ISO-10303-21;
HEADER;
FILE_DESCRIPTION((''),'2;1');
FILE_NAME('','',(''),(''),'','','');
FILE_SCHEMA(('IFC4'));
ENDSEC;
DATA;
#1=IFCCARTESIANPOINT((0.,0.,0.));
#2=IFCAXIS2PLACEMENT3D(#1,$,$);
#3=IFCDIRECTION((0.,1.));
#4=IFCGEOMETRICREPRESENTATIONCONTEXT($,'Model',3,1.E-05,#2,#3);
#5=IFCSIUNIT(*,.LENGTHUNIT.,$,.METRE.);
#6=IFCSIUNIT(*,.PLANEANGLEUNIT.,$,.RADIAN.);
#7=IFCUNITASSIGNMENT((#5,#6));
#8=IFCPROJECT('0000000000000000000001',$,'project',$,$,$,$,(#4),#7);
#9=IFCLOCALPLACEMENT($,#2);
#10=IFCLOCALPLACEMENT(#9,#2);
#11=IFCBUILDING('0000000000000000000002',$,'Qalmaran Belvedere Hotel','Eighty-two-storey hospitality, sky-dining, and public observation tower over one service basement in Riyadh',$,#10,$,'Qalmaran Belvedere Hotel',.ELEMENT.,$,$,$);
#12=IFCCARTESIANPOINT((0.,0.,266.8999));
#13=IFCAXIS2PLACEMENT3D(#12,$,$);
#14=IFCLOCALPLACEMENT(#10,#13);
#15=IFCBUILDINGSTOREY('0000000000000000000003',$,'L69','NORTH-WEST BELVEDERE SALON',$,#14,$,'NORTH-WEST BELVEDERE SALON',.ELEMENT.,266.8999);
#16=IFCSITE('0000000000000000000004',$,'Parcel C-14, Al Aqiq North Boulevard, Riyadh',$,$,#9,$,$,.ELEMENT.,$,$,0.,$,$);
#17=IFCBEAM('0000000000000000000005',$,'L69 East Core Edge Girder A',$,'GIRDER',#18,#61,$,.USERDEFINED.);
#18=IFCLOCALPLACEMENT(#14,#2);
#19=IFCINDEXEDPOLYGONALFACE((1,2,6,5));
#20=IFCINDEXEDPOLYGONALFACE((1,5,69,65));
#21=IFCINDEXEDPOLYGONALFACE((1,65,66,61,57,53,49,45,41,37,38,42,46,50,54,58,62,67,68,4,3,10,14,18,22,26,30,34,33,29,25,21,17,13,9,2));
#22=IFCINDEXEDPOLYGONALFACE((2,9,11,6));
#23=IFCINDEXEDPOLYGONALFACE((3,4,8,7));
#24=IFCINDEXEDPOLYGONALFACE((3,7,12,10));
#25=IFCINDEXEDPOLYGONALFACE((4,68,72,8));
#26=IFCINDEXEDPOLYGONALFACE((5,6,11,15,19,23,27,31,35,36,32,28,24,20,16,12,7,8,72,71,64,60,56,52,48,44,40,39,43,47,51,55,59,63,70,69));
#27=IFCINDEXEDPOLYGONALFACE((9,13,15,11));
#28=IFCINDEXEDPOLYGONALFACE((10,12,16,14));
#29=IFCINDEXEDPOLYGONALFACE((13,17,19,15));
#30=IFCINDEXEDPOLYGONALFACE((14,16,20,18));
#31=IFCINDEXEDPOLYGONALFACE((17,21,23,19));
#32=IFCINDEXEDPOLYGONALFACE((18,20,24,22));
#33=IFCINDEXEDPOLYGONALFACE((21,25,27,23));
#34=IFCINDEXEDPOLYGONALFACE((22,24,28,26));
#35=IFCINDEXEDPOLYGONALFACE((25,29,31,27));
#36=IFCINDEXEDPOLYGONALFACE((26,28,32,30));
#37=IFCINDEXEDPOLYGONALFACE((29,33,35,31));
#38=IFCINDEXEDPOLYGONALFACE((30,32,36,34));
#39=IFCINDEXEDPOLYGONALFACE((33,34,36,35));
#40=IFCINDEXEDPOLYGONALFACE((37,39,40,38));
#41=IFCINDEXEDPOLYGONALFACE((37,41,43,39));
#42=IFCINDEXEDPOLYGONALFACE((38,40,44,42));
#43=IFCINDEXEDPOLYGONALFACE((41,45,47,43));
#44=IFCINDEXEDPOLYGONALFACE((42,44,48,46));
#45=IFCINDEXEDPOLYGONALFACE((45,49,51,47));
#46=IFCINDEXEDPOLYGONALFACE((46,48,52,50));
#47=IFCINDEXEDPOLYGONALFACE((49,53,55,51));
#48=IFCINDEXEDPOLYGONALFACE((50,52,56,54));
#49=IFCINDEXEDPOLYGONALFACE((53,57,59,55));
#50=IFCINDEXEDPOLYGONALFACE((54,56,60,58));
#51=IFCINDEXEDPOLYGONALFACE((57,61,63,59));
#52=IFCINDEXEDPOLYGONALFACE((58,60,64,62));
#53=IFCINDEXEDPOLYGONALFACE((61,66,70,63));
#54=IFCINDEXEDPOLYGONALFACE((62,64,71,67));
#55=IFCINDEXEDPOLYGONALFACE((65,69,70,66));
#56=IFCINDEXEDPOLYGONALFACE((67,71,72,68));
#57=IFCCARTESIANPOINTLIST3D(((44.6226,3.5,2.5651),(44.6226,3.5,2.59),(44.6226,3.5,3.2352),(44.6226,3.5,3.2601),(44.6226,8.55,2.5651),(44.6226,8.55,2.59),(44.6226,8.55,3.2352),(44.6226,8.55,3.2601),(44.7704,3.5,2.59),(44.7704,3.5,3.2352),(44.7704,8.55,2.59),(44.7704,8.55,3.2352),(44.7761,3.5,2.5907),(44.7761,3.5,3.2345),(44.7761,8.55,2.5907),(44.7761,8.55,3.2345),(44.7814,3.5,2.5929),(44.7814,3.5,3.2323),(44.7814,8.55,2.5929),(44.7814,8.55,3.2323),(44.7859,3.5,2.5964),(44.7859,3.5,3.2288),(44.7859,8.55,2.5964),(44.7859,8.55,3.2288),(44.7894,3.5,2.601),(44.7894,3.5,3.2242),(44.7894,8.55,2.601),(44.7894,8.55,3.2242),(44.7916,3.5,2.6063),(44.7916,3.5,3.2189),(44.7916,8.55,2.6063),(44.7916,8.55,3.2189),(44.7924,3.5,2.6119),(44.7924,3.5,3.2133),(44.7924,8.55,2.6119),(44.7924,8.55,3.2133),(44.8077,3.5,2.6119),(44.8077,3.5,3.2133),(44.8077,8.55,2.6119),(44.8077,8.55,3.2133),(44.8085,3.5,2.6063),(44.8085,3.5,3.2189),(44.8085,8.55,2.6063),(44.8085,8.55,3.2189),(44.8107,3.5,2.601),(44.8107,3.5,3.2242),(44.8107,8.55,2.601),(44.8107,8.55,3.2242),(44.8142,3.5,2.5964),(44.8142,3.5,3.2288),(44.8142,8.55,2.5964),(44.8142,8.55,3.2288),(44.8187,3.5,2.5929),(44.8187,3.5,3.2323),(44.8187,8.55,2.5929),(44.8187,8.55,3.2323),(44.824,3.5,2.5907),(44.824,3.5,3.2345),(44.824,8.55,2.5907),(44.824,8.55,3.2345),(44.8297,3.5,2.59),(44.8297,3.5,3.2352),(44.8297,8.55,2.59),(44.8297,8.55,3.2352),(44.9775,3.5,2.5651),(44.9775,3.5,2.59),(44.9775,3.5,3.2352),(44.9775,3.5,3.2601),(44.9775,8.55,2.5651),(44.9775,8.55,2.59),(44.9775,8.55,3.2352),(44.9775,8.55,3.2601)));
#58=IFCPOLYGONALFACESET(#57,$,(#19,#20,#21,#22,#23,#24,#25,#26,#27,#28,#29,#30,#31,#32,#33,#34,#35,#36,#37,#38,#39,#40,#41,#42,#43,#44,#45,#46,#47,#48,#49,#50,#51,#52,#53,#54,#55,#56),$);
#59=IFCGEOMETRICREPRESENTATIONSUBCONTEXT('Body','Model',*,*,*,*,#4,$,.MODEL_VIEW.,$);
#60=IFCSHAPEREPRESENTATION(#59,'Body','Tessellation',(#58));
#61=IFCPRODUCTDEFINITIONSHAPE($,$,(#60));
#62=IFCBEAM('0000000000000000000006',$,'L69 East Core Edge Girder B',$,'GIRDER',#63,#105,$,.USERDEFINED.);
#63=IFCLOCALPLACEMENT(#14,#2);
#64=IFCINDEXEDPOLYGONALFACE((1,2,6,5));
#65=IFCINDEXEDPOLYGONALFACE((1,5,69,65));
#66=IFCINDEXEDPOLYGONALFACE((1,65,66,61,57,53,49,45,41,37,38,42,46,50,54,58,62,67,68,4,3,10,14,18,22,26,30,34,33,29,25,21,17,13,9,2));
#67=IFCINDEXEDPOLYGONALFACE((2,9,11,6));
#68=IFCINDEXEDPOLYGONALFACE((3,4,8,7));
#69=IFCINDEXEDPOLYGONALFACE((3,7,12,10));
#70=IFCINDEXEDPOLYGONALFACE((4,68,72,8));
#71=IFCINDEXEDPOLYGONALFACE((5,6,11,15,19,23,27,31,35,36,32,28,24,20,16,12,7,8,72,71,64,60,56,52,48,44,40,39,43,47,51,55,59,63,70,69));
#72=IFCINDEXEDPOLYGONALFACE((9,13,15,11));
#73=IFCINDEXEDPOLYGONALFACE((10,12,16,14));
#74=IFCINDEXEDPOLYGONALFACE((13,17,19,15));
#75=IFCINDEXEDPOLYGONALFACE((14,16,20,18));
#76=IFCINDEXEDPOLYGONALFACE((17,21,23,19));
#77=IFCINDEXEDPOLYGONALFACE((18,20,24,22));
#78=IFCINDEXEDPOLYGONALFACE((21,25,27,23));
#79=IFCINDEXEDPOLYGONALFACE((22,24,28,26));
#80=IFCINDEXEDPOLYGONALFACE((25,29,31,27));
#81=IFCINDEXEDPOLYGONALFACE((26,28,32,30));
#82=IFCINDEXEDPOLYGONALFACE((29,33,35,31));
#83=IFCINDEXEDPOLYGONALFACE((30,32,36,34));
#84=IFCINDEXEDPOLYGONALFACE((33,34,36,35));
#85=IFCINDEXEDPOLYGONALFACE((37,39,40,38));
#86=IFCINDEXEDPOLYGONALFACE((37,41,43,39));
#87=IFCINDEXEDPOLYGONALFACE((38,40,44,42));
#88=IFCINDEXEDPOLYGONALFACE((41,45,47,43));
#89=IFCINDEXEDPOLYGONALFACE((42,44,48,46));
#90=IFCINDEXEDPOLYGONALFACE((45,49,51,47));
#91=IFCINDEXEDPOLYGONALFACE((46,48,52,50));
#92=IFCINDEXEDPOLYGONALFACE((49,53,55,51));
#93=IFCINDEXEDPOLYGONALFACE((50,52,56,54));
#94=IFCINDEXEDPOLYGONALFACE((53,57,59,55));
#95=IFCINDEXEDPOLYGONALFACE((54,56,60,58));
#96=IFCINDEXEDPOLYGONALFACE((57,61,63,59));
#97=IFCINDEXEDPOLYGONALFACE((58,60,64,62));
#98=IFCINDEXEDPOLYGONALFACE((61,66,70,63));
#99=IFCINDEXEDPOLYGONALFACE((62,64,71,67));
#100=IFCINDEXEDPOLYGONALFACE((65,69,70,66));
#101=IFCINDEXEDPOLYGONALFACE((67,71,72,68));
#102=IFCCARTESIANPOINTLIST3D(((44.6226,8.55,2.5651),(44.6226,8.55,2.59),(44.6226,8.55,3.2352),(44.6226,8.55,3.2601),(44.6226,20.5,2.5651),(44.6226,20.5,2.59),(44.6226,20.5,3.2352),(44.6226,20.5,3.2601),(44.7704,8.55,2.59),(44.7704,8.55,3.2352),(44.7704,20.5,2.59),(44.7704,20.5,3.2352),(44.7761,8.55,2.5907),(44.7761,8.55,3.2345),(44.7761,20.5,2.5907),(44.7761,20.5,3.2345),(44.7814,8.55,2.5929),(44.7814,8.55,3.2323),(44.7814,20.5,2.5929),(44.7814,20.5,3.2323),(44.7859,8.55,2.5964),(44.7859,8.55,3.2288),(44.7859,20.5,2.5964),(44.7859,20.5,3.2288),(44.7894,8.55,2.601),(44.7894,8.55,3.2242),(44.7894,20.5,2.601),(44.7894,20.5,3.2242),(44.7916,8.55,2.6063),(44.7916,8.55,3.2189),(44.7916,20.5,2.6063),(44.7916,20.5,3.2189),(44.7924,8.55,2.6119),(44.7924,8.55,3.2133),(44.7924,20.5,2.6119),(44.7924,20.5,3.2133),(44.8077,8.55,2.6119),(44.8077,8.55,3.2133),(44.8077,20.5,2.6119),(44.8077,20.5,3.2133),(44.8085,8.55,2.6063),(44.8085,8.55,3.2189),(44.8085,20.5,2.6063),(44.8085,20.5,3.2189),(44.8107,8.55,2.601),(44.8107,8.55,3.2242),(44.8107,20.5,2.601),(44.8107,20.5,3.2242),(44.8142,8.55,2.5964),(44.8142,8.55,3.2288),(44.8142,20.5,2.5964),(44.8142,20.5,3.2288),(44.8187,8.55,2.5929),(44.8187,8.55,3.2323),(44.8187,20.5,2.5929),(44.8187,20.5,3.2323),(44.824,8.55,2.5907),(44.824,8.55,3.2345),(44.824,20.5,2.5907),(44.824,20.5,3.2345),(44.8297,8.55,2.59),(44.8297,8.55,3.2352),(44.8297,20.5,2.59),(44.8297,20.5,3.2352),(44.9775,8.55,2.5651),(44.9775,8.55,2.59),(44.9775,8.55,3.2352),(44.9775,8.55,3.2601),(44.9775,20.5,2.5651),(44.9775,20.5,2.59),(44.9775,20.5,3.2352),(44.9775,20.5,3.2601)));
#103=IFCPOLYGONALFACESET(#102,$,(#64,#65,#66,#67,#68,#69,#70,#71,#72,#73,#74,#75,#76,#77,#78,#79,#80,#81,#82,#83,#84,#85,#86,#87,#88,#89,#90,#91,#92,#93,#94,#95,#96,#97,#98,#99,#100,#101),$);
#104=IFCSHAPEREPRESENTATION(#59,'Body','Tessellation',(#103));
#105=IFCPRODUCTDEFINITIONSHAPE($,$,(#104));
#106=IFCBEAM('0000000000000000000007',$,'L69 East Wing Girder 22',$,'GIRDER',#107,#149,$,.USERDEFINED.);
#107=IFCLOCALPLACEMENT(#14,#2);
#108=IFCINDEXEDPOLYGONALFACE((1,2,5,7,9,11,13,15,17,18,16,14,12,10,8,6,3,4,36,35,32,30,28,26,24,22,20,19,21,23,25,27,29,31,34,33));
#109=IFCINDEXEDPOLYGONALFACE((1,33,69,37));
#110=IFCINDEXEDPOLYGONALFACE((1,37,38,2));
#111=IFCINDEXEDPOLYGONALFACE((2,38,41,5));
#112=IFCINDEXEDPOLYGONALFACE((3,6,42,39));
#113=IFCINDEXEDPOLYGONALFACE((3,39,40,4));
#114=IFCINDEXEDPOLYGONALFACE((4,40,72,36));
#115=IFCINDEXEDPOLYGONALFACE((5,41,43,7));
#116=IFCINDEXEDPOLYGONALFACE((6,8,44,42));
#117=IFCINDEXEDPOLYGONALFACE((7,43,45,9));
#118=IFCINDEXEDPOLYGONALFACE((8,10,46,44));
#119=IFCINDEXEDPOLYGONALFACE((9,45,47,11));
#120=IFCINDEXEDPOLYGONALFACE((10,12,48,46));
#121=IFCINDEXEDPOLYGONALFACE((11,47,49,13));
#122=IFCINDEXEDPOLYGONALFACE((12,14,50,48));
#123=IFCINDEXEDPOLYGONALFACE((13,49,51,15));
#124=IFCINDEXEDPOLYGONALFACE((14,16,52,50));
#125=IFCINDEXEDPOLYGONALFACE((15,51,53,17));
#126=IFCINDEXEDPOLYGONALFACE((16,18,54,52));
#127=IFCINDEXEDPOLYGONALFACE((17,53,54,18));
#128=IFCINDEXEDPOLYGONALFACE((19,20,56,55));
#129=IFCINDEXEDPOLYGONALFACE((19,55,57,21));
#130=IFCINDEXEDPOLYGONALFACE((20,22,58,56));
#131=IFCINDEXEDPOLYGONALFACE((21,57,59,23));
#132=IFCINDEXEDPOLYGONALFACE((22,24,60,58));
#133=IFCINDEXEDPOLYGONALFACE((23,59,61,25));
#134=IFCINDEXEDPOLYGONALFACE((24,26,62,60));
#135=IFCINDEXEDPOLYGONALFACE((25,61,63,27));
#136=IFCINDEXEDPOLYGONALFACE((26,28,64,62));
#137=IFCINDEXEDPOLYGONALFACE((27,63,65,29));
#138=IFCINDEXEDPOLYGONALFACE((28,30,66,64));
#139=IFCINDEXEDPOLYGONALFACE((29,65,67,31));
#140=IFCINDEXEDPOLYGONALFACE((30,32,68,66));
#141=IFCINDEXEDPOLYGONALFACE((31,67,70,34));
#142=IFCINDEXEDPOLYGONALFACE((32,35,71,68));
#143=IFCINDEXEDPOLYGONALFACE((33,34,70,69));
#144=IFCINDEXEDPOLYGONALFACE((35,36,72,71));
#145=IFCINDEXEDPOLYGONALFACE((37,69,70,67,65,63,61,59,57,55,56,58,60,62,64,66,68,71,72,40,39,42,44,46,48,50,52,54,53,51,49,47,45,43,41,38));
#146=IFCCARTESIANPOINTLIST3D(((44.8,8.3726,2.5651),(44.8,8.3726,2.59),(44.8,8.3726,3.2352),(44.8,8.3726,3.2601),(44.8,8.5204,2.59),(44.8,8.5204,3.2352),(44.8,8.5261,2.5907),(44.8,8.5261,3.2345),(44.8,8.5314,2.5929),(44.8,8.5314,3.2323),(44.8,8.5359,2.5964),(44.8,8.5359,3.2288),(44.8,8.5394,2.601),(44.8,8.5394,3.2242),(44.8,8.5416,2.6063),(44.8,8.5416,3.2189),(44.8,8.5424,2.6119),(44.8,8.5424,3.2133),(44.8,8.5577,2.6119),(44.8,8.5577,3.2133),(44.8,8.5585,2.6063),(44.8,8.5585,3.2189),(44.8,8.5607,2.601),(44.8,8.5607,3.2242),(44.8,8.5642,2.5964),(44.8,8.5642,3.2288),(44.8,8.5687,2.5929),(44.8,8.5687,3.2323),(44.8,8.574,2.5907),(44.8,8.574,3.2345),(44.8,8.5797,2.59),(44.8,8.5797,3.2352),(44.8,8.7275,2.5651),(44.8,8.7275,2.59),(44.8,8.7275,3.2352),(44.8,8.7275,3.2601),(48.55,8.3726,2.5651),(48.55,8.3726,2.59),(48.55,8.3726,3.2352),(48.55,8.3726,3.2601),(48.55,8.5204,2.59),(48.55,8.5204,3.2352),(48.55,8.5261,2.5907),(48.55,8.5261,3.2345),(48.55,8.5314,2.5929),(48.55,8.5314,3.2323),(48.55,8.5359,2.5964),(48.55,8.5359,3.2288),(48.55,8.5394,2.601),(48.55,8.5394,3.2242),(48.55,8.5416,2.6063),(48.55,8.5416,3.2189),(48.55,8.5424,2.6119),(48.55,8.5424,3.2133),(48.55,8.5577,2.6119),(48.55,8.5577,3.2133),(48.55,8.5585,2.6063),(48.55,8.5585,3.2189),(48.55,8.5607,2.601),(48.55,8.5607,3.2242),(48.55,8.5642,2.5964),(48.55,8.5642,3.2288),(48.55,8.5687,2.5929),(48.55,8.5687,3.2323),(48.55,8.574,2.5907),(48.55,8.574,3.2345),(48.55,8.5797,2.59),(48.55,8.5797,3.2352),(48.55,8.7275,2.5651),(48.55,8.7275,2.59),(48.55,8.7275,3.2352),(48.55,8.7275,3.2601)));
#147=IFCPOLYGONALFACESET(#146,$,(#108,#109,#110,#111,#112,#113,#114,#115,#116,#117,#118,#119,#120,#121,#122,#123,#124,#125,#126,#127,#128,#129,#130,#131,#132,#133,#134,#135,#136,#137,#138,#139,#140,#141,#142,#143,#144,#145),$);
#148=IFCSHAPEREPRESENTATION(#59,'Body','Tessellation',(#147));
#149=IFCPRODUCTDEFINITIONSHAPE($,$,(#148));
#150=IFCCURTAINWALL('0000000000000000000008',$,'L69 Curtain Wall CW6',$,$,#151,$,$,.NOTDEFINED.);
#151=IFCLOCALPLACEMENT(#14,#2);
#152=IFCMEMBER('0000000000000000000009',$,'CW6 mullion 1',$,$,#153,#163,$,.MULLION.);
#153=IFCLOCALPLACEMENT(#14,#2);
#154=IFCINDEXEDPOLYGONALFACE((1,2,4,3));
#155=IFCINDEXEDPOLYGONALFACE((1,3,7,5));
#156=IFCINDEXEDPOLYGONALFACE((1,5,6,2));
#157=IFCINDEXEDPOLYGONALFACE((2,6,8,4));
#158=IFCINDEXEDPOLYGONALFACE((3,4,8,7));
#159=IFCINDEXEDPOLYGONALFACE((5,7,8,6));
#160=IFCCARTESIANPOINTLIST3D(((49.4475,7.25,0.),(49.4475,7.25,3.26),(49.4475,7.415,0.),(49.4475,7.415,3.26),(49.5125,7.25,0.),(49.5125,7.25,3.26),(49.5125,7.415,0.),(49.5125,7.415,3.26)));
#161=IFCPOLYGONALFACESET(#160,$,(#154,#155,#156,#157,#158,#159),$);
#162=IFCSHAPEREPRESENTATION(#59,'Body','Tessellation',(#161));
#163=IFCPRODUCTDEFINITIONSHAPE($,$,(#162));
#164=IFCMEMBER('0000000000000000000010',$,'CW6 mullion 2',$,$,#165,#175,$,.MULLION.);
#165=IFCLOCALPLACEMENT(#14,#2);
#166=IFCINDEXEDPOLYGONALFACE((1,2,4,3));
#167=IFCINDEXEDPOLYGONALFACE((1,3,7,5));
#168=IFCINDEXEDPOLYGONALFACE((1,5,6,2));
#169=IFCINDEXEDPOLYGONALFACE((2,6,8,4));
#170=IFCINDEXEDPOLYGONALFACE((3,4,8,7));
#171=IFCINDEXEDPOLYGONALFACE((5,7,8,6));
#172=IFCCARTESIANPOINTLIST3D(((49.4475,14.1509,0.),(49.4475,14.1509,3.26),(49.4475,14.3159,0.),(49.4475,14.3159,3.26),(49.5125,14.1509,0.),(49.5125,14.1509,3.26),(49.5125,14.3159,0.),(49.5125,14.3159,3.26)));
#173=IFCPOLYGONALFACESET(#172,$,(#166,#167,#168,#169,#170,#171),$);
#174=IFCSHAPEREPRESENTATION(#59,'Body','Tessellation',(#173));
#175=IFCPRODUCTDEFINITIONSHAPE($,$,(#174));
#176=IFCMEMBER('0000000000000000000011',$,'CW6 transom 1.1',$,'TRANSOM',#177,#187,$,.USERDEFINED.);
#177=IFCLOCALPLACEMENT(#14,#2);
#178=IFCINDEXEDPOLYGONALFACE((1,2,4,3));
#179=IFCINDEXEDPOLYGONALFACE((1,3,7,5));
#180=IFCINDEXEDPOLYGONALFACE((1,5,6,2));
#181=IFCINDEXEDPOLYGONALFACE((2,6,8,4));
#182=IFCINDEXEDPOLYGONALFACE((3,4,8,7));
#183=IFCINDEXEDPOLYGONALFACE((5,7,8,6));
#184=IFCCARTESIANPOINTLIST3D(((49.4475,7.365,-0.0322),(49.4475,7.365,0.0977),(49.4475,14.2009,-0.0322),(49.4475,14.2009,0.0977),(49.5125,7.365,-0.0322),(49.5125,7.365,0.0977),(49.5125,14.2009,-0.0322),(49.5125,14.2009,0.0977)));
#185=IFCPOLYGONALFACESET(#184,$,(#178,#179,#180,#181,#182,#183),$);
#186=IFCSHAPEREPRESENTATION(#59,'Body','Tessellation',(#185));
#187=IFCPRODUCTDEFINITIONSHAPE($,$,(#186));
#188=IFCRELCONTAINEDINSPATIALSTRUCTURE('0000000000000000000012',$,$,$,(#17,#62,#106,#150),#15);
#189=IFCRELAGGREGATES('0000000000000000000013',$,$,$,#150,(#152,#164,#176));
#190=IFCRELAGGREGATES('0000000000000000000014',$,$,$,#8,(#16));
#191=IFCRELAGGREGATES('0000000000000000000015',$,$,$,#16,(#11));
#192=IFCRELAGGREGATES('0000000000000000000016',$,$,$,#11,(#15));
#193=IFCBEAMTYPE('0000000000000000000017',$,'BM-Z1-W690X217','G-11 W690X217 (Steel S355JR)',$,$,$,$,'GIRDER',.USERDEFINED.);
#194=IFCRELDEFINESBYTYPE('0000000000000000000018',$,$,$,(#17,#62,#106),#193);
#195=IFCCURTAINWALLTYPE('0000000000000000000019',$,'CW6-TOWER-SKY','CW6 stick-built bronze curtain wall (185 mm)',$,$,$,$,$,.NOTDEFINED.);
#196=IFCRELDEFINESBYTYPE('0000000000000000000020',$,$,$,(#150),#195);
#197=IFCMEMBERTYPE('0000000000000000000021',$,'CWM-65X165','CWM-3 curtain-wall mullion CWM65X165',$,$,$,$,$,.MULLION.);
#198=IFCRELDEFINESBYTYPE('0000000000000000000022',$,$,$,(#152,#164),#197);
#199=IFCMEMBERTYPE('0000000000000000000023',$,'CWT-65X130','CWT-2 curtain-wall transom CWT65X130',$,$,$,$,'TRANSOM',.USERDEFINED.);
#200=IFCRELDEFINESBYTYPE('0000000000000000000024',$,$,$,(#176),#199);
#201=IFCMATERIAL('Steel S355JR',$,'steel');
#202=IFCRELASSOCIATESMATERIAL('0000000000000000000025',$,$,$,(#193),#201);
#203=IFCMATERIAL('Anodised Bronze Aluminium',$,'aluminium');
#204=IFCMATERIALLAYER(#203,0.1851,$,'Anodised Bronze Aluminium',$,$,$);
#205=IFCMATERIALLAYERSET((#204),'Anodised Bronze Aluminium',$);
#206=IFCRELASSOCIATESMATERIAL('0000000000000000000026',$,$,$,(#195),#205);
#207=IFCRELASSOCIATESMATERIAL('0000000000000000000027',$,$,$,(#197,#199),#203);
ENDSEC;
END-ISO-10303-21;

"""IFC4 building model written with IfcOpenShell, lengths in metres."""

from ifc_helpers import new_model, si_unit, direction, frame, origin, origin_2d, place, context, subcontext, project, spatial, rectangle, i_section, extrude, material, layer, layer_set, material_profile, profile_set, type_object, element, aggregate, save


model = new_model("IFC4")

# Units and contexts
model_context = context("Model", 3, precision=1e-05, world=origin(), true_north=direction((0.0, 1.0)))
body_context = subcontext(model_context, "Body", "Model", "MODEL_VIEW")
ifc_project = project(units=[si_unit("LENGTHUNIT", "METRE"), si_unit("PLANEANGLEUNIT", "RADIAN")], contexts=[model_context])

# Site, building, storey
site_placement = place(None, origin())
site = spatial("IfcSite", under=ifc_project, at=site_placement, Name="Parcel C-14, Al Aqiq North Boulevard, Riyadh", CompositionType="ELEMENT", RefElevation=0.0)
building_placement = place(site_placement, origin())
building = spatial("IfcBuilding", under=site, at=building_placement, Name="Qalmaran Belvedere Hotel", Description="Eighty-two-storey hospitality, sky-dining, and public observation tower over one service basement in Riyadh", LongName="Qalmaran Belvedere Hotel", CompositionType="ELEMENT")
storey_placement = place(building_placement, frame((0.0, 0.0, 266.8999)))
storey = spatial("IfcBuildingStorey", under=building, at=storey_placement, Name="L69", Description="NORTH-WEST BELVEDERE SALON", LongName="NORTH-WEST BELVEDERE SALON", CompositionType="ELEMENT", Elevation=266.8999)

# Beams
ifc_material_1 = material(Name="Steel S355JR", Category="steel")
ifc_material_profile_1 = material_profile(ifc_material_1, i_section(OverallWidth=0.355, OverallDepth=0.6951, WebThickness=0.0154, FlangeThickness=0.0249, FilletRadius=0.022, at=origin_2d()), Name="W690X217")
ifc_profile_set_1 = profile_set([ifc_material_profile_1], Name="Steel S355JR")
beam_type_1 = type_object("IfcBeamType", Name="BM-Z1-W690X217", Description="G-11 W690X217 (Steel S355JR)", ElementType="GIRDER", PredefinedType="USERDEFINED", material=ifc_profile_set_1)
beam_1_placement = place(storey_placement, frame((44.8, 3.5, 2.9126), z_axis=(0.0, 1.0, 0.0), x_axis=(-1.0, 0.0, 0.0)))
element("IfcBeam", 1, at=beam_1_placement, inside=storey, type_object=beam_type_1, Name="L69 East Core Edge Girder A", ObjectType="GIRDER", PredefinedType="USERDEFINED", context=body_context, shape_type="SweptSolid", body=[
    extrude(i_section(OverallWidth=0.355, OverallDepth=0.6951, WebThickness=0.0154, FlangeThickness=0.0249, FilletRadius=0.022, at=origin_2d()), origin(), (0.0, 0.0, 1.0), 5.05),
])
beam_2_placement = place(storey_placement, frame((44.8, 8.55, 2.9126), z_axis=(0.0, 1.0, 0.0), x_axis=(-1.0, 0.0, 0.0)))
element("IfcBeam", 2, at=beam_2_placement, inside=storey, type_object=beam_type_1, Name="L69 East Core Edge Girder B", ObjectType="GIRDER", PredefinedType="USERDEFINED", context=body_context, shape_type="SweptSolid", body=[
    extrude(i_section(OverallWidth=0.355, OverallDepth=0.6951, WebThickness=0.0154, FlangeThickness=0.0249, FilletRadius=0.022, at=origin_2d()), origin(), (0.0, 0.0, 1.0), 11.95),
])
beam_3_placement = place(storey_placement, frame((44.8, 8.55, 2.9126), z_axis=(1.0, 0.0, 0.0), x_axis=(0.0, 1.0, 0.0)))
element("IfcBeam", 3, at=beam_3_placement, inside=storey, type_object=beam_type_1, Name="L69 East Wing Girder 22", ObjectType="GIRDER", PredefinedType="USERDEFINED", context=body_context, shape_type="SweptSolid", body=[
    extrude(i_section(OverallWidth=0.355, OverallDepth=0.6951, WebThickness=0.0154, FlangeThickness=0.0249, FilletRadius=0.022, at=origin_2d()), origin(), (0.0, 0.0, 1.0), 3.75),
])

# Curtain wall, members
ifc_material_2 = material(Name="Anodised Bronze Aluminium", Category="aluminium")
ifc_layer_1 = layer(ifc_material_2, 0.1851, Name="Anodised Bronze Aluminium")
ifc_layer_set_1 = layer_set([ifc_layer_1], Name="Anodised Bronze Aluminium")
curtain_wall_type = type_object("IfcCurtainWallType", Name="CW6-TOWER-SKY", Description="CW6 stick-built bronze curtain wall (185 mm)", PredefinedType="NOTDEFINED", material=ifc_layer_set_1)
curtain_wall_placement = place(storey_placement, origin())
curtain_wall = element("IfcCurtainWall", 4, at=curtain_wall_placement, inside=storey, type_object=curtain_wall_type, Name="L69 Curtain Wall CW6", PredefinedType="NOTDEFINED")
ifc_material_profile_2 = material_profile(ifc_material_2, rectangle(XDim=0.0649, YDim=0.165, at=origin_2d()), Name="CWM65X165")
ifc_profile_set_2 = profile_set([ifc_material_profile_2], Name="Anodised Bronze Aluminium")
member_type_1 = type_object("IfcMemberType", Name="CWM-65X165", Description="CWM-3 curtain-wall mullion CWM65X165", PredefinedType="MULLION", material=ifc_profile_set_2)
member_1_placement = place(storey_placement, frame((49.48, 7.3325, 0.0), z_axis=(0.0, 0.0, 1.0), x_axis=(-1.0, 0.0, 0.0)))
member_1 = element("IfcMember", 5, at=member_1_placement, type_object=member_type_1, Name="CW6 mullion 1", PredefinedType="MULLION", context=body_context, shape_type="SweptSolid", body=[
    extrude(rectangle(XDim=0.0649, YDim=0.165, at=origin_2d()), origin(), (0.0, 0.0, 1.0), 3.26),
])
member_2_placement = place(storey_placement, frame((49.48, 14.2334, 0.0), z_axis=(0.0, 0.0, 1.0), x_axis=(-1.0, 0.0, 0.0)))
member_2 = element("IfcMember", 6, at=member_2_placement, type_object=member_type_1, Name="CW6 mullion 2", PredefinedType="MULLION", context=body_context, shape_type="SweptSolid", body=[
    extrude(rectangle(XDim=0.0649, YDim=0.165, at=origin_2d()), origin(), (0.0, 0.0, 1.0), 3.26),
])
ifc_material_profile_3 = material_profile(ifc_material_2, rectangle(XDim=0.0649, YDim=0.1299, at=origin_2d()), Name="CWT65X130")
ifc_profile_set_3 = profile_set([ifc_material_profile_3], Name="Anodised Bronze Aluminium")
member_type_2 = type_object("IfcMemberType", Name="CWT-65X130", Description="CWT-2 curtain-wall transom CWT65X130", ElementType="TRANSOM", PredefinedType="USERDEFINED", material=ifc_profile_set_3)
member_3_placement = place(storey_placement, frame((49.48, 7.365, 0.0327), z_axis=(0.0, 1.0, 0.0), x_axis=(-1.0, 0.0, 0.0)))
member_3 = element("IfcMember", 7, at=member_3_placement, type_object=member_type_2, Name="CW6 transom 1.1", ObjectType="TRANSOM", PredefinedType="USERDEFINED", context=body_context, shape_type="SweptSolid", body=[
    extrude(rectangle(XDim=0.0649, YDim=0.1299, at=origin_2d()), origin(), (0.0, 0.0, 1.0), 6.8359),
])
aggregate(curtain_wall, [member_1, member_2, member_3])

save(model, "model.ifc")
